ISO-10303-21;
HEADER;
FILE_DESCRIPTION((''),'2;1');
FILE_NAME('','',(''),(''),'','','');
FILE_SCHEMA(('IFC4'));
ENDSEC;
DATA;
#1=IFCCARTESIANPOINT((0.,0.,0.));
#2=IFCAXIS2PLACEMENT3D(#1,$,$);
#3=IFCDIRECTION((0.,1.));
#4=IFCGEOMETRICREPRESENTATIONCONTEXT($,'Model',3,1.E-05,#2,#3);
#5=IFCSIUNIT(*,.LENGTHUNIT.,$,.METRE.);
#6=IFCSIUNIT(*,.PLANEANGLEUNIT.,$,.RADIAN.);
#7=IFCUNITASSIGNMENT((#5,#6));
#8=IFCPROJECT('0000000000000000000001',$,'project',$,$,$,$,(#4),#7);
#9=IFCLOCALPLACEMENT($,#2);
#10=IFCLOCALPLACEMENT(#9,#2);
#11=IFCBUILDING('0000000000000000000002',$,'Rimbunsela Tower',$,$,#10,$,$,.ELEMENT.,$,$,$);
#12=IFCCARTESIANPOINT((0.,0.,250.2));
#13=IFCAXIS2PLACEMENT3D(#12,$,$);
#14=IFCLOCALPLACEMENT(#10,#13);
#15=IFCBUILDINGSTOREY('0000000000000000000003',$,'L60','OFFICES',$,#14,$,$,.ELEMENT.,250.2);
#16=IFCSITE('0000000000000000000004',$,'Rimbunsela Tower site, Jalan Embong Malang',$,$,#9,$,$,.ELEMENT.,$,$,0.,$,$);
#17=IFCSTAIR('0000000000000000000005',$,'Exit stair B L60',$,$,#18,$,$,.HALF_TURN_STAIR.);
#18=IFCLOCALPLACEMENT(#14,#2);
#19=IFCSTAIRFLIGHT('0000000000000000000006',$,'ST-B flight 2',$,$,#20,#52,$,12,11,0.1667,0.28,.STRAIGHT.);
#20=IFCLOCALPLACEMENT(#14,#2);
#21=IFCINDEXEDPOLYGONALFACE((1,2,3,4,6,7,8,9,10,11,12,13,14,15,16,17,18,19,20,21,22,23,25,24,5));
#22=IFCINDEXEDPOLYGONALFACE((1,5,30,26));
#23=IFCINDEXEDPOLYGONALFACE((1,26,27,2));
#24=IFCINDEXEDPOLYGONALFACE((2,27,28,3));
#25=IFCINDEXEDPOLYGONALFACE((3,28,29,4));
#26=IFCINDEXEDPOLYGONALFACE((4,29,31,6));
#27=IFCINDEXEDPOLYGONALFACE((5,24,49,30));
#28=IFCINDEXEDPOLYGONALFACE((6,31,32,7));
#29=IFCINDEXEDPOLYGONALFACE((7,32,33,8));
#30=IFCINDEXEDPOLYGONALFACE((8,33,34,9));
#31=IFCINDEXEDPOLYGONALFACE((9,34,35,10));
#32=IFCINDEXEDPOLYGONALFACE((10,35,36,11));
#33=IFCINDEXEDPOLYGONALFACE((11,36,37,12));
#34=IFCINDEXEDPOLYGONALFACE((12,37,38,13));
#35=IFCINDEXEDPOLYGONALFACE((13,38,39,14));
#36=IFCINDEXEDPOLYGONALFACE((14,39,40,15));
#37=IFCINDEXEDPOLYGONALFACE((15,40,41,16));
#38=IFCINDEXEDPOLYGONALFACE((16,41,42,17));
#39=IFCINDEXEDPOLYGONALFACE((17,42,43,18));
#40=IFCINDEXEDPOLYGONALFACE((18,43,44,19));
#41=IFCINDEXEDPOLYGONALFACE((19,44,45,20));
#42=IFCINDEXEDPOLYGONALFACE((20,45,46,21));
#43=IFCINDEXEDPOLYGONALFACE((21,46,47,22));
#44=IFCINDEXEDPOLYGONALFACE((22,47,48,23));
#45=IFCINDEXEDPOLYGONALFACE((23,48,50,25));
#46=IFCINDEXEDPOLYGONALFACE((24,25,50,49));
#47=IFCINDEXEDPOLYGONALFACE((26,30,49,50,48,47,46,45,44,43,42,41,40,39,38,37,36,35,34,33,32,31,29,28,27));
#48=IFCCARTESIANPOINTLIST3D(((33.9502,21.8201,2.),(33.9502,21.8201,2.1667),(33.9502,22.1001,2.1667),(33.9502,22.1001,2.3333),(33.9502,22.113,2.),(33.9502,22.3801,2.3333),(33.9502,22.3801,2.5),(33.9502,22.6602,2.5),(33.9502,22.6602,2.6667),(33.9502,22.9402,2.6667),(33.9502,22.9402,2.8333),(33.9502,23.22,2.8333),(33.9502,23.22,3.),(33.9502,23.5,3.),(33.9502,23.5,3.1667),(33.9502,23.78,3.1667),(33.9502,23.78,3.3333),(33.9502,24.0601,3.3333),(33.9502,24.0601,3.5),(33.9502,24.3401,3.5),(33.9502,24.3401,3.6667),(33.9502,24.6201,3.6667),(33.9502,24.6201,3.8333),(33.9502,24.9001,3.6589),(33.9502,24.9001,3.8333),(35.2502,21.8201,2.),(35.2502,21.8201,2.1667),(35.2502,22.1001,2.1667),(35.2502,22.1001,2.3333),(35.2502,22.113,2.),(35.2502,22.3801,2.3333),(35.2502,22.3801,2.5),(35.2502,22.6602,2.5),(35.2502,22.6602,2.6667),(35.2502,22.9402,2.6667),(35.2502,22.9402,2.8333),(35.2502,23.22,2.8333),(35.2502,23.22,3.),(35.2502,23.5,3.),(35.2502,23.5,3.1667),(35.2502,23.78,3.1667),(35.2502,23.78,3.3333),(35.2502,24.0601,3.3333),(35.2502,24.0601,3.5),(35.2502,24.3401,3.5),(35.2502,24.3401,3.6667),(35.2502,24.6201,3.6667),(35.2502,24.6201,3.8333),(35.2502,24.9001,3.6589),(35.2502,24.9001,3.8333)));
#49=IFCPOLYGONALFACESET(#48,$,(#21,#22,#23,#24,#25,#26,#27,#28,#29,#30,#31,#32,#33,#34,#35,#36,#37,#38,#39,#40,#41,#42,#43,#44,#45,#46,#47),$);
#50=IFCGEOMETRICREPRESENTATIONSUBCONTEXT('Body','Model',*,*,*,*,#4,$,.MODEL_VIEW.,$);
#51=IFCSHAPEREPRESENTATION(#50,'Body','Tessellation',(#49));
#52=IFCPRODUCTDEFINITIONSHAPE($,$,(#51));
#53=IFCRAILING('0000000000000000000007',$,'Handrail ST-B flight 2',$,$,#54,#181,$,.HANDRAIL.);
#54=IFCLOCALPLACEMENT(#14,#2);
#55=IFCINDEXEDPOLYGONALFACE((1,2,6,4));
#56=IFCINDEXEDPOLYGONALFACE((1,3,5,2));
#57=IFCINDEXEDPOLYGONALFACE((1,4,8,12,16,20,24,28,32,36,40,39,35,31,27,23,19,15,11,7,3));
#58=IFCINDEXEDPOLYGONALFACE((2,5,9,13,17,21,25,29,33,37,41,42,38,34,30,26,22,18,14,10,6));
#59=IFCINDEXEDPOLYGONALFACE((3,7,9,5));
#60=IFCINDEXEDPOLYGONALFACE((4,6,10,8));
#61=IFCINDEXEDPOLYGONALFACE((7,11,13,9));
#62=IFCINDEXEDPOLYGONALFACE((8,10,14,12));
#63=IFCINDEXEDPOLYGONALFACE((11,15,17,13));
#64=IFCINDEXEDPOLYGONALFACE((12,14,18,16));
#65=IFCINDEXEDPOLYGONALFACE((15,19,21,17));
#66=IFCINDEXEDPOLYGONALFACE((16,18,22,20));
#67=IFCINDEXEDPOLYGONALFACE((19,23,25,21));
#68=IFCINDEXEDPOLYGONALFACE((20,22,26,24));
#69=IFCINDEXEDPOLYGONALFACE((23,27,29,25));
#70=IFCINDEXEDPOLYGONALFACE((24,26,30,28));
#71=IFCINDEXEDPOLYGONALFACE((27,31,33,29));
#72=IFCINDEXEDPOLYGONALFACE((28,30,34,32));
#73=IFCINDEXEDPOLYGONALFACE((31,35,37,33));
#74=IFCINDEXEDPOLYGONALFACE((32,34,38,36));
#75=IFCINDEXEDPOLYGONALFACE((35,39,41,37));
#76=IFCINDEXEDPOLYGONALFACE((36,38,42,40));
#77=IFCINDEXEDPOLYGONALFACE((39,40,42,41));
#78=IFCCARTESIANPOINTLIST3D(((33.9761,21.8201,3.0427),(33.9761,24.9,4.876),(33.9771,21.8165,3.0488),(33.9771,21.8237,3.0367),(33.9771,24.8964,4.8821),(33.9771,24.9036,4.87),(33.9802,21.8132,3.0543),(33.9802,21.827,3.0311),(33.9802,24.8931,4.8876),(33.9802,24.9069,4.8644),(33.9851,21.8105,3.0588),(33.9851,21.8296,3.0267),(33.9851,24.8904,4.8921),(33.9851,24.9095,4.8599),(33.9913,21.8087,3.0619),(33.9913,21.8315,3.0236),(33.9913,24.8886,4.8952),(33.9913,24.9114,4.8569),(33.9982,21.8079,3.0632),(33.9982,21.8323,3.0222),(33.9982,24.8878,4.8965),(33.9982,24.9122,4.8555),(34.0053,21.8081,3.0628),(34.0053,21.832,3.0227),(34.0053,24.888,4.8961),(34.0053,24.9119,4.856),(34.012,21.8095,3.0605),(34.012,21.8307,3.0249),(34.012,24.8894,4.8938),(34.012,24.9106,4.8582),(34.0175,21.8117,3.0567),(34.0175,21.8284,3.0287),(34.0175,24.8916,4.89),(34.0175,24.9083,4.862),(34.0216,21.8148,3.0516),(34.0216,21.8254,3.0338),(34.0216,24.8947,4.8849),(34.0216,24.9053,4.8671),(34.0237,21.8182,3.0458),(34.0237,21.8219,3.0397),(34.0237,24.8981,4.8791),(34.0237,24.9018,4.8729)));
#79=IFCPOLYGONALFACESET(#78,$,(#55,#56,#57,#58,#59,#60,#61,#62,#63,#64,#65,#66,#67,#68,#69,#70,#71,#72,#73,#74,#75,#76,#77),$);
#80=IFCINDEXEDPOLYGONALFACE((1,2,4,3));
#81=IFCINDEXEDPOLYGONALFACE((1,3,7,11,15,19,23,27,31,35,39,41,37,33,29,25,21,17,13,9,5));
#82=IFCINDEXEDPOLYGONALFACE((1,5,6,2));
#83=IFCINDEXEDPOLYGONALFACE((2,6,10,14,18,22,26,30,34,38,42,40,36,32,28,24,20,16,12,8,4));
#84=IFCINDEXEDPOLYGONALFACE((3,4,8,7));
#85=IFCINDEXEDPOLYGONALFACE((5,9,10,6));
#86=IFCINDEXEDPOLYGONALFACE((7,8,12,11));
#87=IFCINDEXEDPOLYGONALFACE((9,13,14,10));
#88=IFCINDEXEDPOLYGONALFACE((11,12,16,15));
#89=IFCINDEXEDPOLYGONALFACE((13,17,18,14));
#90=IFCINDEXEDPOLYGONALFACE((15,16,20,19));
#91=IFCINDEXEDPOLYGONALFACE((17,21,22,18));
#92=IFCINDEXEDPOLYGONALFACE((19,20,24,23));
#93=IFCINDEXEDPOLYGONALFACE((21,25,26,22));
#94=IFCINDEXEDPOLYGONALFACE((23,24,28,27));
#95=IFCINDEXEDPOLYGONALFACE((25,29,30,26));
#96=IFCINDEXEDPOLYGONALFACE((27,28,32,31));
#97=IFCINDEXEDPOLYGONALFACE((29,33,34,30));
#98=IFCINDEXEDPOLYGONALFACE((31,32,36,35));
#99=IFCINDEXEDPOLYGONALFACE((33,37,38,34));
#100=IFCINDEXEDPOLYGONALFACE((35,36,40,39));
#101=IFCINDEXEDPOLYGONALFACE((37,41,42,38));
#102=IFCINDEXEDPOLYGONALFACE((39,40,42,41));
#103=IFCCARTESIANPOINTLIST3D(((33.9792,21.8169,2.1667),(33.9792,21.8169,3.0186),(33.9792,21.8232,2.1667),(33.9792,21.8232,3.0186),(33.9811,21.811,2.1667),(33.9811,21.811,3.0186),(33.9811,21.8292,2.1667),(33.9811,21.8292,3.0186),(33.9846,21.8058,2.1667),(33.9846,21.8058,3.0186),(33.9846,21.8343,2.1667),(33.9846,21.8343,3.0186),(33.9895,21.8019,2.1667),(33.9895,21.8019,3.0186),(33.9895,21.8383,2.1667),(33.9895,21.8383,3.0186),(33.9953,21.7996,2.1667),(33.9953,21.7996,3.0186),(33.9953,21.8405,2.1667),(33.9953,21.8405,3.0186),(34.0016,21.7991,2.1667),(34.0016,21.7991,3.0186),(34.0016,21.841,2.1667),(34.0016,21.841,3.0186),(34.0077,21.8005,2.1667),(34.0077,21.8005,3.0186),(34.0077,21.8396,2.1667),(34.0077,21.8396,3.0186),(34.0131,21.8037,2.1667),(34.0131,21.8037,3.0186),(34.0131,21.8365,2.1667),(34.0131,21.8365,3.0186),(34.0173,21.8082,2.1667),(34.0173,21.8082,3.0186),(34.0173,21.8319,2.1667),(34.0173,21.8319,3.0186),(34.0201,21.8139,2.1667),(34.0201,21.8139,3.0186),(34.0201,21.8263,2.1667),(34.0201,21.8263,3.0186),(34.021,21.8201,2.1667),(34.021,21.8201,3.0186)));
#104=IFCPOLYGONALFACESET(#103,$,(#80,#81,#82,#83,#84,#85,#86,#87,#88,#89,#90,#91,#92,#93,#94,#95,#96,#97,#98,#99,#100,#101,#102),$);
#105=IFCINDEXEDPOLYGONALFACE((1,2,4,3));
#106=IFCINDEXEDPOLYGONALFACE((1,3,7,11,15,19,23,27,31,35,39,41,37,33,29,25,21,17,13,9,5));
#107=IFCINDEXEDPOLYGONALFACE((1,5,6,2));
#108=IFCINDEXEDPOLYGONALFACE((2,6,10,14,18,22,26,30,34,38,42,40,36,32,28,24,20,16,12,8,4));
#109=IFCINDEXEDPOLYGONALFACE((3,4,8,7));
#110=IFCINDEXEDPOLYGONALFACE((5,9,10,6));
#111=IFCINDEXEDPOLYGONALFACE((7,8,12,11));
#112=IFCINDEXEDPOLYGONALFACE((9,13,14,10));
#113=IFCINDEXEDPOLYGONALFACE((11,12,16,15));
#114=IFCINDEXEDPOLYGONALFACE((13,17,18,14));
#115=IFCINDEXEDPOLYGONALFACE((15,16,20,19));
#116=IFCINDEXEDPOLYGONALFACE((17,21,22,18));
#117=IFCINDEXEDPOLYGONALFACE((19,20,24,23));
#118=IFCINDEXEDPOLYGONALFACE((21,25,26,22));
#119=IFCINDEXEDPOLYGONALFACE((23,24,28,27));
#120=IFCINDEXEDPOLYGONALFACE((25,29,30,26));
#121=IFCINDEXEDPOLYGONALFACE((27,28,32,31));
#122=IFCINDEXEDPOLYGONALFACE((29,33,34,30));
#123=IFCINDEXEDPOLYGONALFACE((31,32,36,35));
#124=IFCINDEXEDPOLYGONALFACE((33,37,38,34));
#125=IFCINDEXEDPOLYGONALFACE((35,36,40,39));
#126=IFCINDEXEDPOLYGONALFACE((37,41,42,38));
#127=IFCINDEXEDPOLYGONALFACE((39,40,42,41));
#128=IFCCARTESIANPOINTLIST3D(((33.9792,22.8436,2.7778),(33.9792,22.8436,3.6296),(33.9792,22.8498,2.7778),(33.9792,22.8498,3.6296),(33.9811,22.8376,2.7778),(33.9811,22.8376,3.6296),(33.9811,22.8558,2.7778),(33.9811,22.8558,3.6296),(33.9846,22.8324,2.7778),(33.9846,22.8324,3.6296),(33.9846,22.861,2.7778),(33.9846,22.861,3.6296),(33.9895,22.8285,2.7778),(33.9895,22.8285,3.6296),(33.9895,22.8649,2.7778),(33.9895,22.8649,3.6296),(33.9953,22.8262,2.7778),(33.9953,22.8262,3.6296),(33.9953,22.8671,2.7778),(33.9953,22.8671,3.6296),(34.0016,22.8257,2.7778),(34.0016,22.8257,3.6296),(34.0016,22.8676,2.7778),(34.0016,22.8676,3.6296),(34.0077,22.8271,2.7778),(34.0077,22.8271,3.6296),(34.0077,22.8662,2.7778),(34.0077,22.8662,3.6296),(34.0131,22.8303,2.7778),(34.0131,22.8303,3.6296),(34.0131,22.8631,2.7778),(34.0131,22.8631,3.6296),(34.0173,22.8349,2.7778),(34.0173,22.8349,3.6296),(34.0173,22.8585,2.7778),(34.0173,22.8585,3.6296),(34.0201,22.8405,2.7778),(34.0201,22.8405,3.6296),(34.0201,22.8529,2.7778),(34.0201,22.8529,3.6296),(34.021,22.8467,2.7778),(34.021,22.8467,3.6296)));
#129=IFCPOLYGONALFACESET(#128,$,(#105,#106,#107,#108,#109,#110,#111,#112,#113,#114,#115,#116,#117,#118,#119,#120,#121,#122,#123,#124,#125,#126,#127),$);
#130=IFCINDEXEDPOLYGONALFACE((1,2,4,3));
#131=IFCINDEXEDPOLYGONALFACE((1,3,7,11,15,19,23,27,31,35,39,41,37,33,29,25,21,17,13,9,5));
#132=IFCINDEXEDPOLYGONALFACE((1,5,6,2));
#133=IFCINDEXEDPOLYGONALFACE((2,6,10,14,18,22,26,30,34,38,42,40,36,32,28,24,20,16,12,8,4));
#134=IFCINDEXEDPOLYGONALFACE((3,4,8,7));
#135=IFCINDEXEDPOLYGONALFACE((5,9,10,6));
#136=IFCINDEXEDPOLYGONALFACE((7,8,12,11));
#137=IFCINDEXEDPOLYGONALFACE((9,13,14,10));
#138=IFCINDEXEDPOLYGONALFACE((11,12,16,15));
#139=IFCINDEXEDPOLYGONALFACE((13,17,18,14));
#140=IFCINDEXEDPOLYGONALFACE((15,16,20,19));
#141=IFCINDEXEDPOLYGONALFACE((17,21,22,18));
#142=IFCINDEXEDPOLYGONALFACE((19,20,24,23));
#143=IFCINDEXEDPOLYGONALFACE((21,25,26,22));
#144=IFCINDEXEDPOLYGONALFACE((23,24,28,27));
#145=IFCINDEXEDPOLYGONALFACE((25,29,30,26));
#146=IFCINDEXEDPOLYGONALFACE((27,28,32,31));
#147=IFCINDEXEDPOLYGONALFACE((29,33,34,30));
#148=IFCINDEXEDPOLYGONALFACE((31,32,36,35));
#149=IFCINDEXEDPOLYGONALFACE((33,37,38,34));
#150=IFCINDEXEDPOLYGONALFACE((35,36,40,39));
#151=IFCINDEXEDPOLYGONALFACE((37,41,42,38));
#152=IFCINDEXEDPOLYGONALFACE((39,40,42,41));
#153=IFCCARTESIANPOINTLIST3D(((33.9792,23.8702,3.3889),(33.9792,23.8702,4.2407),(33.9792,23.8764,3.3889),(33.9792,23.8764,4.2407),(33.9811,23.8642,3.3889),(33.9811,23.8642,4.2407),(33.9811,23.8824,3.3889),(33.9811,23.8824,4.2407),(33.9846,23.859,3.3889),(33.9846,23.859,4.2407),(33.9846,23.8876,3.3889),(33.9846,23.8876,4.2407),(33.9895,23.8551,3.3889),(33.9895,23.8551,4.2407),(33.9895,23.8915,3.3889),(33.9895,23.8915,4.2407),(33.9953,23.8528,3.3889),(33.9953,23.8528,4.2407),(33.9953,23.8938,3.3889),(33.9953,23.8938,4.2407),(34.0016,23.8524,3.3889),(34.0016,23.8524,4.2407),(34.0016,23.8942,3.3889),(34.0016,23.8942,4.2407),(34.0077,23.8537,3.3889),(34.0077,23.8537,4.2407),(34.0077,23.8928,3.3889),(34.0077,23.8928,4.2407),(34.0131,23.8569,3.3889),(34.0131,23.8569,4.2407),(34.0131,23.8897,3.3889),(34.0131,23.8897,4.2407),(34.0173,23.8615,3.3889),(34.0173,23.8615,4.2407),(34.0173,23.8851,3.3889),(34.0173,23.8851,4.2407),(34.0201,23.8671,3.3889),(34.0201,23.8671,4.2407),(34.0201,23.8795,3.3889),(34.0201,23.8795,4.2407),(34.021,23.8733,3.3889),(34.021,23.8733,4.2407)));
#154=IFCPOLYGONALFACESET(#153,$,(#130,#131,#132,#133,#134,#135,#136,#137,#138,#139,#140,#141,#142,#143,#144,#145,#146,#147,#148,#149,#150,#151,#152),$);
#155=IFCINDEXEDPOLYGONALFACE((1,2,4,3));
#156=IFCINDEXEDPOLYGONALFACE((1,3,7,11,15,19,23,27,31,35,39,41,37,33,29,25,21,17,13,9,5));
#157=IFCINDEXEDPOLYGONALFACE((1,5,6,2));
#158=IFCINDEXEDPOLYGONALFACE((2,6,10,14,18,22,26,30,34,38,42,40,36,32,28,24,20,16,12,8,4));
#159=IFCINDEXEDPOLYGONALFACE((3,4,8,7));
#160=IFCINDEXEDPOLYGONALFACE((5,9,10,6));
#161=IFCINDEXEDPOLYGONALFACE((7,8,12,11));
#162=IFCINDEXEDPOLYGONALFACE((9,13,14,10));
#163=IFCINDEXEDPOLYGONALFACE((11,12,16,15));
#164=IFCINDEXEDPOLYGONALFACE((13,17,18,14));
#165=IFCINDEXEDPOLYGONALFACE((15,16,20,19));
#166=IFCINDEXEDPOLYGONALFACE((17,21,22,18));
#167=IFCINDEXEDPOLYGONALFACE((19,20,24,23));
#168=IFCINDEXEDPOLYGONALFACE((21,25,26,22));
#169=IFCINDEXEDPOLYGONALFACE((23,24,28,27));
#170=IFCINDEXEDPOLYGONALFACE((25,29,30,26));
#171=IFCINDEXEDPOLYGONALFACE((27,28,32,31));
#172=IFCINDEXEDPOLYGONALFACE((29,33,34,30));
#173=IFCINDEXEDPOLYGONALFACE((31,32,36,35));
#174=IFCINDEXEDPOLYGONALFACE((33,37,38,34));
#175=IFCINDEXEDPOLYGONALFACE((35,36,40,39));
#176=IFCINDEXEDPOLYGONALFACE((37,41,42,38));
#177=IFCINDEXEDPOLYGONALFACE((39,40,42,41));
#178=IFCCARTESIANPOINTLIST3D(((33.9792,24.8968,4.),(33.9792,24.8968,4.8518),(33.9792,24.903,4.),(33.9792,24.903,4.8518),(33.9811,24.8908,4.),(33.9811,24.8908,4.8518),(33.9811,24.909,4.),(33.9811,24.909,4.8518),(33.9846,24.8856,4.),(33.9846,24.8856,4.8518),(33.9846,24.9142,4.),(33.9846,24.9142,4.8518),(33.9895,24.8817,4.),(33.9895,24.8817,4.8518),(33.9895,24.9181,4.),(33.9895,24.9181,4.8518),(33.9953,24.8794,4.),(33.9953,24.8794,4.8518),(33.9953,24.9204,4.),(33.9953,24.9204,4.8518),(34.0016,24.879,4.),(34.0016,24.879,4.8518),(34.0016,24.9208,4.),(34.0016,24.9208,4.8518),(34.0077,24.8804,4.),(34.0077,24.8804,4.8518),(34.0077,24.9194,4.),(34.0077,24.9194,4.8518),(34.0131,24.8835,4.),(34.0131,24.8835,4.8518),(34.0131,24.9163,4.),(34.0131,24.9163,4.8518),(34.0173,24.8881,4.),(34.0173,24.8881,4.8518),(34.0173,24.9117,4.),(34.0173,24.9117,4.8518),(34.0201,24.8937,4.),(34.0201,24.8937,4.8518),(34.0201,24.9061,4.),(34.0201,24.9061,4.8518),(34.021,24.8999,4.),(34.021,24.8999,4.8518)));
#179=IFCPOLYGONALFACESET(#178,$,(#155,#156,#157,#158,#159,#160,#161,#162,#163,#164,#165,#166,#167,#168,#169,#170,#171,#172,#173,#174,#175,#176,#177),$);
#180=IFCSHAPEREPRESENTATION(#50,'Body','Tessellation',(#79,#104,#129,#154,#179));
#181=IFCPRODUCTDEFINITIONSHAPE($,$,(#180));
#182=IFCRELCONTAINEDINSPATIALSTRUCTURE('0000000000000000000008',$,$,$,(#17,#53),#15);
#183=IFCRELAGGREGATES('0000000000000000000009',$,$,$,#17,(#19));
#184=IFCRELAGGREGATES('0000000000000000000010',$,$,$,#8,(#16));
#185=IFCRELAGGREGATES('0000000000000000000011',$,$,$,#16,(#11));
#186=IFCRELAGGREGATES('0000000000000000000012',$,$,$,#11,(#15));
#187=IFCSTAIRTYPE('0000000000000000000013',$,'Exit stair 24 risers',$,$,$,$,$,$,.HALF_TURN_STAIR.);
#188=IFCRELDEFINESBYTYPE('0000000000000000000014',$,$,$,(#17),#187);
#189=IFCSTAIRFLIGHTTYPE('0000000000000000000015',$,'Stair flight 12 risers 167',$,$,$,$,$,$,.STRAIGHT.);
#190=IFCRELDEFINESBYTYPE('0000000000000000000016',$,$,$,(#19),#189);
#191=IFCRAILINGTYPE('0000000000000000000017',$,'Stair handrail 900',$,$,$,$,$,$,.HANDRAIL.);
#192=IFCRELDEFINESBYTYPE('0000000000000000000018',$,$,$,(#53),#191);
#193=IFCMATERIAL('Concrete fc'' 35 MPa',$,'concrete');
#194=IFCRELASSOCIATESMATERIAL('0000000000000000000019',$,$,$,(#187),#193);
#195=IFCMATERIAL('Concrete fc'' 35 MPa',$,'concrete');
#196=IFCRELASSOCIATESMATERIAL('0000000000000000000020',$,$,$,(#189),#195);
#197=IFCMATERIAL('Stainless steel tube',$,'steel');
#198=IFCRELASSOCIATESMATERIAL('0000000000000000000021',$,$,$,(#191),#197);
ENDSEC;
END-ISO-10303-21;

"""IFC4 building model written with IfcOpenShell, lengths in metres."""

from ifc_helpers import new_model, si_unit, direction, frame, origin, origin_2d, place, context, subcontext, project, spatial, polyline, circle, outline, extrude, material, type_object, element, aggregate, save


model = new_model("IFC4")

# Units and contexts
model_context = context("Model", 3, precision=1e-05, world=origin(), true_north=direction((0.0, 1.0)))
body_context = subcontext(model_context, "Body", "Model", "MODEL_VIEW")
ifc_project = project(units=[si_unit("LENGTHUNIT", "METRE"), si_unit("PLANEANGLEUNIT", "RADIAN")], contexts=[model_context])

# Site, building, storey
site_placement = place(None, origin())
site = spatial("IfcSite", under=ifc_project, at=site_placement, Name="Rimbunsela Tower site, Jalan Embong Malang", CompositionType="ELEMENT", RefElevation=0.0)
building_placement = place(site_placement, origin())
building = spatial("IfcBuilding", under=site, at=building_placement, Name="Rimbunsela Tower", CompositionType="ELEMENT")
storey_placement = place(building_placement, frame((0.0, 0.0, 250.2)))
storey = spatial("IfcBuildingStorey", under=building, at=storey_placement, Name="L60", Description="OFFICES", CompositionType="ELEMENT", Elevation=250.2)

# Stair, stair flight
ifc_material_1 = material(Name="Concrete fc' 35 MPa", Category="concrete")
stair_type = type_object("IfcStairType", Name="Exit stair 24 risers", PredefinedType="HALF_TURN_STAIR", material=ifc_material_1)
ifc_material_2 = material(Name="Concrete fc' 35 MPa", Category="concrete")
stair_flight_type = type_object("IfcStairFlightType", Name="Stair flight 12 risers 167", PredefinedType="STRAIGHT", material=ifc_material_2)
stair_1_placement = place(storey_placement, origin())
stair_1 = element("IfcStair", 1, at=stair_1_placement, inside=storey, type_object=stair_type, Name="Exit stair B L60", PredefinedType="HALF_TURN_STAIR")
stair_flight_1_placement = place(storey_placement, frame((34.6001, 21.8201, 2.0), z_axis=(0.0, 0.0, 1.0), x_axis=(0.0, 1.0, 0.0)))
stair_flight_1 = element("IfcStairFlight", 2, at=stair_flight_1_placement, type_object=stair_flight_type, Name="ST-B flight 2", NumberOfRisers=12, NumberOfTreads=11, PredefinedType="STRAIGHT", RiserHeight=0.1667, TreadLength=0.28, context=body_context, shape_type="SweptSolid", body=[
    extrude(outline(polyline([(0.0, 0.0), (0.0, 0.1667), (0.28, 0.1667), (0.28, 0.3333), (0.5601, 0.3333), (0.5601, 0.5), (0.8401, 0.5), (0.8401, 0.6667), (1.1201, 0.6667), (1.1201, 0.8333), (1.3999, 0.8333), (1.3999, 1.0), (1.6799, 1.0), (1.6799, 1.1667), (1.96, 1.1667), (1.96, 1.3333), (2.24, 1.3333), (2.24, 1.5), (2.52, 1.5), (2.52, 1.6667), (2.8, 1.6667), (2.8, 1.8333), (3.0801, 1.8333), (3.0801, 2.0), (3.0801, 1.6589), (0.293, 0.0), (0.0, 0.0)])), frame((0.0, 0.6499, 0.0), z_axis=(0.0, -1.0, 0.0), x_axis=(1.0, 0.0, 0.0)), (0.0, 0.0, 1.0), 1.3),
])
aggregate(stair_1, [stair_flight_1])

# Railing
ifc_material_3 = material(Name="Stainless steel tube", Category="steel")
railing_type = type_object("IfcRailingType", Name="Stair handrail 900", PredefinedType="HANDRAIL", material=ifc_material_3)
railing_placement = place(storey_placement, frame((34.0, 21.8201, 2.1667)))
element("IfcRailing", 3, at=railing_placement, inside=storey, type_object=railing_type, Name="Handrail ST-B flight 2", PredefinedType="HANDRAIL", context=body_context, shape_type="SweptSolid", body=[
    extrude(circle(Radius=0.0239, at=origin_2d()), frame((0.0, 0.0, 0.876), z_axis=(0.0, 0.859291, 0.511487), x_axis=(-1.0, 0.0, 0.0)), (0.0, 0.0, 1.0), 3.5842),
    extrude(circle(Radius=0.021, at=origin_2d()), origin(), (0.0, 0.0, 1.0), 0.8518),
    extrude(circle(Radius=0.021, at=origin_2d()), frame((0.0, 1.0266, 0.6111)), (0.0, 0.0, 1.0), 0.8518),
    extrude(circle(Radius=0.021, at=origin_2d()), frame((0.0, 2.0532, 1.2222)), (0.0, 0.0, 1.0), 0.8518),
    extrude(circle(Radius=0.021, at=origin_2d()), frame((0.0, 3.0798, 1.8333)), (0.0, 0.0, 1.0), 0.8518),
])

save(model, "model.ifc")
